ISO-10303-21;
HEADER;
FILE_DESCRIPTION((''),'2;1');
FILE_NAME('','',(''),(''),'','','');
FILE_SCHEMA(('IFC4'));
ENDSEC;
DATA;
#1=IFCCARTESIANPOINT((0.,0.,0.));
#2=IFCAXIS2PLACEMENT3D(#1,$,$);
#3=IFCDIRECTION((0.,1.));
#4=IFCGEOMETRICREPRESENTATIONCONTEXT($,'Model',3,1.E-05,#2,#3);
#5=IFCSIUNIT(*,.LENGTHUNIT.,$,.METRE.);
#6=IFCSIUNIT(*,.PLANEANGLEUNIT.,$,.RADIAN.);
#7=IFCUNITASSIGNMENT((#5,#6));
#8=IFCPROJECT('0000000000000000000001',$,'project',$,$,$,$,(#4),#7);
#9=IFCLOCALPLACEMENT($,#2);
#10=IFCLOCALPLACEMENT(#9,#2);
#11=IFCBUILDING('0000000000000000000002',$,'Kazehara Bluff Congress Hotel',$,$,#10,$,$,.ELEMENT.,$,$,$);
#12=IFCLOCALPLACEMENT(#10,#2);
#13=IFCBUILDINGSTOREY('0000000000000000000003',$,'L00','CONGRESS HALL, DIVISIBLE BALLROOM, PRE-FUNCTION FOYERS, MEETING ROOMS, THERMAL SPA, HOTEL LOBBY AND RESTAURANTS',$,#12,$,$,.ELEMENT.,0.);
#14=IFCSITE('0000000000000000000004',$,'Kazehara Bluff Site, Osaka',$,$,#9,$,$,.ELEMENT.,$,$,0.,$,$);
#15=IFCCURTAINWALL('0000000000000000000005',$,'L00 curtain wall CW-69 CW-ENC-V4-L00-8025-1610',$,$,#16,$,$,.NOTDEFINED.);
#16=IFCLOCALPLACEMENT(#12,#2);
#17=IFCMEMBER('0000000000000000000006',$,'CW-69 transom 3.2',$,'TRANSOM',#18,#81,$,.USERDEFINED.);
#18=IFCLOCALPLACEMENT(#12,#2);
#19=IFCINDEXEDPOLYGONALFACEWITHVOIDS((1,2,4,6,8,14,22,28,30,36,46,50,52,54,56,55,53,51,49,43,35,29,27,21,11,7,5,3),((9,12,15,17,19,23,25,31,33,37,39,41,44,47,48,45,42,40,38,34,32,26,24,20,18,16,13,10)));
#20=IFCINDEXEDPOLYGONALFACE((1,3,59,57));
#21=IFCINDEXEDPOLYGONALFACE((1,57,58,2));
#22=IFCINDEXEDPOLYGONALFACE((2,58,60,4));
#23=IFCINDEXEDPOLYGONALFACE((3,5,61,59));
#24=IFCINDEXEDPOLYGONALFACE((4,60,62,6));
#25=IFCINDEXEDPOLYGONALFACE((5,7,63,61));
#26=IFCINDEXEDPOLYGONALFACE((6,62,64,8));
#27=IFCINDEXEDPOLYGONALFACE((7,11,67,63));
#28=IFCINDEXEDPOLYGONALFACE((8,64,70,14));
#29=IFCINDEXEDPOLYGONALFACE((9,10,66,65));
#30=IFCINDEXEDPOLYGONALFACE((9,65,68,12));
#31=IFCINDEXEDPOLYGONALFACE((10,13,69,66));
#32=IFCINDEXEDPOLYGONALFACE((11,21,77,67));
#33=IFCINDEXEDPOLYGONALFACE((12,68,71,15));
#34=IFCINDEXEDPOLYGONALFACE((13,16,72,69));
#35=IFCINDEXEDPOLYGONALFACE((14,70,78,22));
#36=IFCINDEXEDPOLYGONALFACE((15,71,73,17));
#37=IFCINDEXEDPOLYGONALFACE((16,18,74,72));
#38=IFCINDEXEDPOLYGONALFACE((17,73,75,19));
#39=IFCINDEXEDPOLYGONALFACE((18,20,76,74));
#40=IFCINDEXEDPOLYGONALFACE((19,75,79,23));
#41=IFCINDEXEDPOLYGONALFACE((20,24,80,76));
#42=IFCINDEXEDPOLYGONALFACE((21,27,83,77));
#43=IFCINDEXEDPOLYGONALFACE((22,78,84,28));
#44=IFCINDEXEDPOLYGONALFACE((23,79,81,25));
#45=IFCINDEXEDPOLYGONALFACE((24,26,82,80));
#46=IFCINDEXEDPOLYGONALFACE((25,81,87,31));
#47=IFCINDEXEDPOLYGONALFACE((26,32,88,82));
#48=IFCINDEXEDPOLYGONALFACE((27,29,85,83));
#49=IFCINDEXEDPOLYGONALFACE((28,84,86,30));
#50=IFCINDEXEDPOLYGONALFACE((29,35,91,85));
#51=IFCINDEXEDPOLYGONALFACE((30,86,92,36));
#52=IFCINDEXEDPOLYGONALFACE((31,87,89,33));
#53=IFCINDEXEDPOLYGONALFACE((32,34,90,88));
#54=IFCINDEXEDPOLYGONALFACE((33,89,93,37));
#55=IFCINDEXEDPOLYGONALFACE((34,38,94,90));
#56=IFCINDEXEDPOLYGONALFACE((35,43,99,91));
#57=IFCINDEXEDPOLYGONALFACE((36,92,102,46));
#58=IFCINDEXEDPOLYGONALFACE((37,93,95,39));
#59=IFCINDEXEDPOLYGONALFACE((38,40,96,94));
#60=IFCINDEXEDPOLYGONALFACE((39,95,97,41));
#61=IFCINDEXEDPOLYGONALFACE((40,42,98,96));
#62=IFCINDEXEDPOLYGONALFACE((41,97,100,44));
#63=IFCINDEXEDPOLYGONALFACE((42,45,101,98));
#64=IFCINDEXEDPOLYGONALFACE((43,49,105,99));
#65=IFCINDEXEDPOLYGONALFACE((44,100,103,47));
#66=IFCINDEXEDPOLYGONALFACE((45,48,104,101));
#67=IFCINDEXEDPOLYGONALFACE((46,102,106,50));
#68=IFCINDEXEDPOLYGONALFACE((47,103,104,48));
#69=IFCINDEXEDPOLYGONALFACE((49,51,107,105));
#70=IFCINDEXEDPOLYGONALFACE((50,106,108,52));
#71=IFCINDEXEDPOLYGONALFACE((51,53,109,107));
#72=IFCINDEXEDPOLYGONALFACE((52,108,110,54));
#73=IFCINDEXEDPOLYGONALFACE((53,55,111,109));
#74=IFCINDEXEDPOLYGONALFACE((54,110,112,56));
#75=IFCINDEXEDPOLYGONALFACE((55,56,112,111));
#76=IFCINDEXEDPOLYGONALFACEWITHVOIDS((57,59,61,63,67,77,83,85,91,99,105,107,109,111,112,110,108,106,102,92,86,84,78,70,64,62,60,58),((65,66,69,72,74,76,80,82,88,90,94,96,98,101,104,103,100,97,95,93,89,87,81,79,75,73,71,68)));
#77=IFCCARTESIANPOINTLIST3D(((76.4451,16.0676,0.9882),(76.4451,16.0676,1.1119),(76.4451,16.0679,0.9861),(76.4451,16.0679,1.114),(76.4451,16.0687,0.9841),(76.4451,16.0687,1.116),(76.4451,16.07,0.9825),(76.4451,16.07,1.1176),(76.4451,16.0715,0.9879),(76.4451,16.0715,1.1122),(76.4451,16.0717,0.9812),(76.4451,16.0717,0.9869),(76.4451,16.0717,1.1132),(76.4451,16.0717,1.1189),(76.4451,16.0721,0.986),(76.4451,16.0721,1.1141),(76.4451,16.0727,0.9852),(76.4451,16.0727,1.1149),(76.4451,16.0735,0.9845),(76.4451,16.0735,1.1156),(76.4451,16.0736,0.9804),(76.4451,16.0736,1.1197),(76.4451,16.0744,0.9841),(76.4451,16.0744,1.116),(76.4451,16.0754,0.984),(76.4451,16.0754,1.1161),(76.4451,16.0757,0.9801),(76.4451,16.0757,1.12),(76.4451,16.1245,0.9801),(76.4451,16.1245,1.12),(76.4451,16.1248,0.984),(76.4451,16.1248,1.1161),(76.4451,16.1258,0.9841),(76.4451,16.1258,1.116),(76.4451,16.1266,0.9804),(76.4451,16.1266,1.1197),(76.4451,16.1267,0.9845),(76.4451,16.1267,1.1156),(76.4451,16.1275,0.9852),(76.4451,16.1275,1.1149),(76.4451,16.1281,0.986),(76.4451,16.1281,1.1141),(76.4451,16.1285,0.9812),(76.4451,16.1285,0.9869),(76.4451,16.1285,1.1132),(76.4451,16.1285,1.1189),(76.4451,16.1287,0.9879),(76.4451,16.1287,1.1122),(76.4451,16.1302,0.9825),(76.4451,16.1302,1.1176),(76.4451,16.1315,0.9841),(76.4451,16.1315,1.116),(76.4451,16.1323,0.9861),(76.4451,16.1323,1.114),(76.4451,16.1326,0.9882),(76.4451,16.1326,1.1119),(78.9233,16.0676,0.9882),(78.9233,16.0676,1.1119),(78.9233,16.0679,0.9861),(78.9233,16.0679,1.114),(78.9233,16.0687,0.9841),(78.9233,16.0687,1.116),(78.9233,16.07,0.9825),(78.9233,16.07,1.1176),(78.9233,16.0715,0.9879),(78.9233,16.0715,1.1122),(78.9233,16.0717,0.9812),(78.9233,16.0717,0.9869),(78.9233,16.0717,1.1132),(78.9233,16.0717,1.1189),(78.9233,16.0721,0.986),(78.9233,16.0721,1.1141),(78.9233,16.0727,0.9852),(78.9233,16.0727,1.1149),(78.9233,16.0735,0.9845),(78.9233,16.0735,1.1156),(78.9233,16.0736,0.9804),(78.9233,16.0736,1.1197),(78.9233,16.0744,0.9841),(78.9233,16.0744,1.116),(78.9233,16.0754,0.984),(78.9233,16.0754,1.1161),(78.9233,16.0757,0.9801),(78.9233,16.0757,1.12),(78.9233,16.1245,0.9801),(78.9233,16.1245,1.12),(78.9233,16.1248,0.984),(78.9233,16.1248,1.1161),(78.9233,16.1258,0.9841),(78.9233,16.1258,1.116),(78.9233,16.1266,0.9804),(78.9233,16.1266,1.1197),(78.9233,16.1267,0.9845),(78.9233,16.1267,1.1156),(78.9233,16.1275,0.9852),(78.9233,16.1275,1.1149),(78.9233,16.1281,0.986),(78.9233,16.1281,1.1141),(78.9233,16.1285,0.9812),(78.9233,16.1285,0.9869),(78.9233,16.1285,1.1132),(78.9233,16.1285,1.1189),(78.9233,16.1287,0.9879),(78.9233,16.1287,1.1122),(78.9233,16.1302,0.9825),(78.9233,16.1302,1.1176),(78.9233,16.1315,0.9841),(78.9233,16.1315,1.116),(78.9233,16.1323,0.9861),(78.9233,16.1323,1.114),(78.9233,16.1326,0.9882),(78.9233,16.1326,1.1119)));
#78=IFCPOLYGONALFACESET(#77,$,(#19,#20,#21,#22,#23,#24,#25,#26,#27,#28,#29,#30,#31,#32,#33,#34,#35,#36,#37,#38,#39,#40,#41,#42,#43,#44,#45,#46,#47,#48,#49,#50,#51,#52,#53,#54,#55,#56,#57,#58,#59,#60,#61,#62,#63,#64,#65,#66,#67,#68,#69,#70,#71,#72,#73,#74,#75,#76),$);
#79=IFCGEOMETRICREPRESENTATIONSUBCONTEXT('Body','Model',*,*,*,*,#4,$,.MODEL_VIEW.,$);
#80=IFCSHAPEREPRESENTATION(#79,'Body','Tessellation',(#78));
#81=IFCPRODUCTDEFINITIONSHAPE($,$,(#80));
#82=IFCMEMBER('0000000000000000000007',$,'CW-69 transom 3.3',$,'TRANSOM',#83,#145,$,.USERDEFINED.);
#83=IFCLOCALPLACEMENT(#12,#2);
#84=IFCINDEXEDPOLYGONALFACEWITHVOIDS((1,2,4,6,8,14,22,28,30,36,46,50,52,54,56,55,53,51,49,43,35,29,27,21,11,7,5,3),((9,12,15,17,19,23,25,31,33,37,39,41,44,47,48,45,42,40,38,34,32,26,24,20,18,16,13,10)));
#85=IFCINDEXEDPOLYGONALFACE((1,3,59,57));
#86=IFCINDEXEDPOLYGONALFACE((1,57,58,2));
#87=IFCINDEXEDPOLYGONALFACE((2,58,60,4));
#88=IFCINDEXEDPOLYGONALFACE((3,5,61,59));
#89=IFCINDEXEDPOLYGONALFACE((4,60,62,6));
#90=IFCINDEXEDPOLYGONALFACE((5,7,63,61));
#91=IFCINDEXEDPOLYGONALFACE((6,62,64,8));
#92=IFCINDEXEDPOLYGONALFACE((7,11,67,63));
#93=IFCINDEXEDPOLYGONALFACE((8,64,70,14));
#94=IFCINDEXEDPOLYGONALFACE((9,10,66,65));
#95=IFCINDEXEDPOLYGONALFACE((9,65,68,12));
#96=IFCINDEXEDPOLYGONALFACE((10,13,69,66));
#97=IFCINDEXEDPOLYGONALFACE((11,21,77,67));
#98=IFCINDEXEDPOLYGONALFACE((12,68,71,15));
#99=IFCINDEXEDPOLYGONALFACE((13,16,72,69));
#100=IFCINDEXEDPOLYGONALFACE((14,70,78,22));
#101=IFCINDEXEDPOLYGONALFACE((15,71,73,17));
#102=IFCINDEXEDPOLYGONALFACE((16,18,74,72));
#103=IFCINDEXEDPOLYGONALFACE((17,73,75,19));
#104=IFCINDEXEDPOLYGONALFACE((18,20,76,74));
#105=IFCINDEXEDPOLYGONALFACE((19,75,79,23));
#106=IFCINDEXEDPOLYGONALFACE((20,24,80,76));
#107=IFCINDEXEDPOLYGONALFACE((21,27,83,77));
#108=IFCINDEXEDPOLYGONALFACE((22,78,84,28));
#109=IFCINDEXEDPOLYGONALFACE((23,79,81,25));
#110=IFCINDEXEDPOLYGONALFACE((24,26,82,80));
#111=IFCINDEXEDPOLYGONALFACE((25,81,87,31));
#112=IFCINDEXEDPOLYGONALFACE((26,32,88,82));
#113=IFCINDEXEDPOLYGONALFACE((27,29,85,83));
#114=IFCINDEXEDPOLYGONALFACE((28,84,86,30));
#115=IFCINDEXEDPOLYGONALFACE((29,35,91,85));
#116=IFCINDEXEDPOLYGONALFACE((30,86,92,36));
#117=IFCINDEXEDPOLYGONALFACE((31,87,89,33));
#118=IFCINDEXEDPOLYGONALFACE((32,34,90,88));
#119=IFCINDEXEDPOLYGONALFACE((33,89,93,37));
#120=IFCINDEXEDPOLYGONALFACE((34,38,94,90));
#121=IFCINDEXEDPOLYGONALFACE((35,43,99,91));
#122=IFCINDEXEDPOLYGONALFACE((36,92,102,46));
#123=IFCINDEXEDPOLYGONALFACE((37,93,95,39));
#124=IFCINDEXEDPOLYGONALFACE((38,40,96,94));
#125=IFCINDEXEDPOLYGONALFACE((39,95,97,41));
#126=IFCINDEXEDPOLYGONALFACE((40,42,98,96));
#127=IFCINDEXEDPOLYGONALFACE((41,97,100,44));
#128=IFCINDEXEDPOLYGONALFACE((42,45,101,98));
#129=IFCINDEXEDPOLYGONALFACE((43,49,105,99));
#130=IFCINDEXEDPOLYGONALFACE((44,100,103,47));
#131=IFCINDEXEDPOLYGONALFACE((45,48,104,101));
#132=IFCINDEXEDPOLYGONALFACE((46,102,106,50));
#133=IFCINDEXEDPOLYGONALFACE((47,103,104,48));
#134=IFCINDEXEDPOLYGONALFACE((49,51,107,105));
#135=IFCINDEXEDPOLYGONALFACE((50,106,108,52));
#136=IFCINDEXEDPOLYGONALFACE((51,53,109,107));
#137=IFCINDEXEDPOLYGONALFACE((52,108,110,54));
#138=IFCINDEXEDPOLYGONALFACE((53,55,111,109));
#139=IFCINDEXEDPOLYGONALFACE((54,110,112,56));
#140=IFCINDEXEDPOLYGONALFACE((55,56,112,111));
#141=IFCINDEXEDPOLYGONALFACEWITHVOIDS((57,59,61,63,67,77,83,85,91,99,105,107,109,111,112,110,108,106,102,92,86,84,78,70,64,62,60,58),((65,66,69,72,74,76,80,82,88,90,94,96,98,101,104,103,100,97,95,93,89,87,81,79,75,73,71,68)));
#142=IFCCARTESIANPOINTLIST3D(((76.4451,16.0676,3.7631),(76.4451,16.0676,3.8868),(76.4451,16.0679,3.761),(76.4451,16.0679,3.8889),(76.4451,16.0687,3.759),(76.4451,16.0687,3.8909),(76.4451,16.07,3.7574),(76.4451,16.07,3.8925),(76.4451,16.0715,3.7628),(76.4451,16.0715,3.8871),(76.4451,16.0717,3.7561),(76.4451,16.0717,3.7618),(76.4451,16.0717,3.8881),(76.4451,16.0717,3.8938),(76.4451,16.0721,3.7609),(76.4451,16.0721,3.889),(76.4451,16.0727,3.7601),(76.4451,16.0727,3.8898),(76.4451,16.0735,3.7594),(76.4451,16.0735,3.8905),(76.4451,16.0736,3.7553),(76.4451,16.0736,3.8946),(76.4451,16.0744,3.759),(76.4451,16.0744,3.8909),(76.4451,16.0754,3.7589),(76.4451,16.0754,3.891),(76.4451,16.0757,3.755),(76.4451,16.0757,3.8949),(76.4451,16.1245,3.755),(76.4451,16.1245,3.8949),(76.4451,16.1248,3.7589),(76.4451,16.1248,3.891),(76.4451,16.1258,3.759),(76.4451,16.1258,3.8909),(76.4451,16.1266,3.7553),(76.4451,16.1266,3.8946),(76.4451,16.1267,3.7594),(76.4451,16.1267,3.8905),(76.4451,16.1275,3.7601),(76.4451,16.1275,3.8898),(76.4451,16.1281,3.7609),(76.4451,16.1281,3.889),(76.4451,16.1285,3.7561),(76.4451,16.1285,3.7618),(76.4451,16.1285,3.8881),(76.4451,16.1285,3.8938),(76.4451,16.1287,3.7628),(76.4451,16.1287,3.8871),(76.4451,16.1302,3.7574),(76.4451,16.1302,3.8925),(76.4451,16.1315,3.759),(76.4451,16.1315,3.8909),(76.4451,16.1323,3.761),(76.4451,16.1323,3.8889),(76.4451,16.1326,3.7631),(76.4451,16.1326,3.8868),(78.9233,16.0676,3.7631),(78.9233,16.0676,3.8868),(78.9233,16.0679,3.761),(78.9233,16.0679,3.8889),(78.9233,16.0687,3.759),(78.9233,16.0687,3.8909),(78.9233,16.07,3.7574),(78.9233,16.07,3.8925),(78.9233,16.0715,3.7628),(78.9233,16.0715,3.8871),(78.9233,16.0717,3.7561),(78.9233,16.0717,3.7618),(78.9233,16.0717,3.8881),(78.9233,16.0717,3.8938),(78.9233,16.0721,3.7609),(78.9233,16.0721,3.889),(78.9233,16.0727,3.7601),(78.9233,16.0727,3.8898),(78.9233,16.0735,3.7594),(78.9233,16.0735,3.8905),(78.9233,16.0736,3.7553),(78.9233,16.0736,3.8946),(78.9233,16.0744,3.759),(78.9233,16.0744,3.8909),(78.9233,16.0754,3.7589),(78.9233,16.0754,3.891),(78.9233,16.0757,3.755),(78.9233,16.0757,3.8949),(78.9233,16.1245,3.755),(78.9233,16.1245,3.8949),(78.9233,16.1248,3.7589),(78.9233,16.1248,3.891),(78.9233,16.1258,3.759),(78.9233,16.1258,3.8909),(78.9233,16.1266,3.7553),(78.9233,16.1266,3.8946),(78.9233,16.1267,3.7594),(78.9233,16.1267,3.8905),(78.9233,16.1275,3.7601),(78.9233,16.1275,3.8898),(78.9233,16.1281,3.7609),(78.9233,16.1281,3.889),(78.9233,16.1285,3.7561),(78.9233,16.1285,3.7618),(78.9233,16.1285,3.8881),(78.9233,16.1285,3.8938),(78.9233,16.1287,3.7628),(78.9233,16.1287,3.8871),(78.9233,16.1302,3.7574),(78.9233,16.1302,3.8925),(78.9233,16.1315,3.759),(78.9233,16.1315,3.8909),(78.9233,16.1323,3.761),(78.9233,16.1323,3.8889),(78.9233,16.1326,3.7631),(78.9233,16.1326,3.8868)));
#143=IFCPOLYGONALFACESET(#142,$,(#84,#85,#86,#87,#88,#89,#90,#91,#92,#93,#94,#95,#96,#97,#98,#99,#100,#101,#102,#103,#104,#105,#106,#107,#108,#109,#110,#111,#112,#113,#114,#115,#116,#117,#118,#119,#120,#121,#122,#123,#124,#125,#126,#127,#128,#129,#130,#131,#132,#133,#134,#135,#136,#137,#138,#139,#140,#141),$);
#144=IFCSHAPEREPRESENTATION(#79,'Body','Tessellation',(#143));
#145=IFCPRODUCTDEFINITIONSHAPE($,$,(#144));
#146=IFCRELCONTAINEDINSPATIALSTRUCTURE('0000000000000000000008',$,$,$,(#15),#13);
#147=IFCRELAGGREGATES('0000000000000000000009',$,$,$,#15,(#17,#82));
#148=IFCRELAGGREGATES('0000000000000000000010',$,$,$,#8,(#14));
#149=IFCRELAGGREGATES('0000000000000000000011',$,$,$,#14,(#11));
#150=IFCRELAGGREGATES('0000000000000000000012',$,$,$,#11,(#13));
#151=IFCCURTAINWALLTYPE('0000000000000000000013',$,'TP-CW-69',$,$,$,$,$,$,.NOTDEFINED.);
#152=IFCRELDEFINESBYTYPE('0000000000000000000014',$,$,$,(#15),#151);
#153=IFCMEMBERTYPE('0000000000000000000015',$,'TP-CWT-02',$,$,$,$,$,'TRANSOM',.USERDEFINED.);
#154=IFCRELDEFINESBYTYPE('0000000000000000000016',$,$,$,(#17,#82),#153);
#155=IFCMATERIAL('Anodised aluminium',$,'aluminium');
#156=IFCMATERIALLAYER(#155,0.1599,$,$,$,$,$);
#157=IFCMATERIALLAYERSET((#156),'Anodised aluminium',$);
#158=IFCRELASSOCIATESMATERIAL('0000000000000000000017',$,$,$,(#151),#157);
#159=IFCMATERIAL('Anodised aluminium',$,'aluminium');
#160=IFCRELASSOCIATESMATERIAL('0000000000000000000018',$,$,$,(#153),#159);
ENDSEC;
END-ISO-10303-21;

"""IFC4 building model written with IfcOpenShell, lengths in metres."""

from ifc_helpers import new_model, si_unit, direction, frame, origin, origin_2d, place, context, subcontext, project, spatial, hollow_rectangle, extrude, material, layer, layer_set, material_profile, profile_set, type_object, element, aggregate, save


model = new_model("IFC4")

# Units and contexts
model_context = context("Model", 3, precision=1e-05, world=origin(), true_north=direction((0.0, 1.0)))
body_context = subcontext(model_context, "Body", "Model", "MODEL_VIEW")
ifc_project = project(units=[si_unit("LENGTHUNIT", "METRE"), si_unit("PLANEANGLEUNIT", "RADIAN")], contexts=[model_context])

# Site, building, storey
site_placement = place(None, origin())
site = spatial("IfcSite", under=ifc_project, at=site_placement, Name="Kazehara Bluff Site, Osaka", CompositionType="ELEMENT", RefElevation=0.0)
building_placement = place(site_placement, origin())
building = spatial("IfcBuilding", under=site, at=building_placement, Name="Kazehara Bluff Congress Hotel", CompositionType="ELEMENT")
storey_placement = place(building_placement, origin())
storey = spatial("IfcBuildingStorey", under=building, at=storey_placement, Name="L00", Description="CONGRESS HALL, DIVISIBLE BALLROOM, PRE-FUNCTION FOYERS, MEETING ROOMS, THERMAL SPA, HOTEL LOBBY AND RESTAURANTS", CompositionType="ELEMENT", Elevation=0.0)

# Curtain wall, members
ifc_material_1 = material(Name="Anodised aluminium", Category="aluminium")
ifc_layer_1 = layer(ifc_material_1, 0.1599)
ifc_layer_set_1 = layer_set([ifc_layer_1], Name="Anodised aluminium")
curtain_wall_type_1 = type_object("IfcCurtainWallType", Name="TP-CW-69", PredefinedType="NOTDEFINED", material=ifc_layer_set_1)
curtain_wall_1_placement = place(storey_placement, origin())
curtain_wall_1 = element("IfcCurtainWall", 1, at=curtain_wall_1_placement, inside=storey, type_object=curtain_wall_type_1, Name="L00 curtain wall CW-69 CW-ENC-V4-L00-8025-1610", PredefinedType="NOTDEFINED")
ifc_material_2 = material(Name="Anodised aluminium", Category="aluminium")
ifc_material_profile_1 = material_profile(ifc_material_2, hollow_rectangle(XDim=0.0649, YDim=0.1399, WallThickness=0.0039, InnerFilletRadius=0.0039, OuterFilletRadius=0.0081, at=origin_2d()))
ifc_profile_set_1 = profile_set([ifc_material_profile_1], Name="Anodised aluminium")
member_type_1 = type_object("IfcMemberType", Name="TP-CWT-02", ElementType="TRANSOM", PredefinedType="USERDEFINED", material=ifc_profile_set_1)
member_1_placement = place(storey_placement, frame((78.9233, 16.1001, 1.05), z_axis=(-1.0, 0.0, 0.0), x_axis=(0.0, -1.0, 0.0)))
member_1 = element("IfcMember", 2, at=member_1_placement, type_object=member_type_1, Name="CW-69 transom 3.2", ObjectType="TRANSOM", PredefinedType="USERDEFINED", context=body_context, shape_type="SweptSolid", body=[
    extrude(hollow_rectangle(XDim=0.0649, YDim=0.1399, WallThickness=0.0039, InnerFilletRadius=0.0039, OuterFilletRadius=0.0081, at=origin_2d()), origin(), (0.0, 0.0, 1.0), 2.4783),
])
member_2_placement = place(storey_placement, frame((78.9233, 16.1001, 3.825), z_axis=(-1.0, 0.0, 0.0), x_axis=(0.0, -1.0, 0.0)))
member_2 = element("IfcMember", 3, at=member_2_placement, type_object=member_type_1, Name="CW-69 transom 3.3", ObjectType="TRANSOM", PredefinedType="USERDEFINED", context=body_context, shape_type="SweptSolid", body=[
    extrude(hollow_rectangle(XDim=0.0649, YDim=0.1399, WallThickness=0.0039, InnerFilletRadius=0.0039, OuterFilletRadius=0.0081, at=origin_2d()), origin(), (0.0, 0.0, 1.0), 2.4783),
])

aggregate(curtain_wall_1, [member_1, member_2])

save(model, "model.ifc")
